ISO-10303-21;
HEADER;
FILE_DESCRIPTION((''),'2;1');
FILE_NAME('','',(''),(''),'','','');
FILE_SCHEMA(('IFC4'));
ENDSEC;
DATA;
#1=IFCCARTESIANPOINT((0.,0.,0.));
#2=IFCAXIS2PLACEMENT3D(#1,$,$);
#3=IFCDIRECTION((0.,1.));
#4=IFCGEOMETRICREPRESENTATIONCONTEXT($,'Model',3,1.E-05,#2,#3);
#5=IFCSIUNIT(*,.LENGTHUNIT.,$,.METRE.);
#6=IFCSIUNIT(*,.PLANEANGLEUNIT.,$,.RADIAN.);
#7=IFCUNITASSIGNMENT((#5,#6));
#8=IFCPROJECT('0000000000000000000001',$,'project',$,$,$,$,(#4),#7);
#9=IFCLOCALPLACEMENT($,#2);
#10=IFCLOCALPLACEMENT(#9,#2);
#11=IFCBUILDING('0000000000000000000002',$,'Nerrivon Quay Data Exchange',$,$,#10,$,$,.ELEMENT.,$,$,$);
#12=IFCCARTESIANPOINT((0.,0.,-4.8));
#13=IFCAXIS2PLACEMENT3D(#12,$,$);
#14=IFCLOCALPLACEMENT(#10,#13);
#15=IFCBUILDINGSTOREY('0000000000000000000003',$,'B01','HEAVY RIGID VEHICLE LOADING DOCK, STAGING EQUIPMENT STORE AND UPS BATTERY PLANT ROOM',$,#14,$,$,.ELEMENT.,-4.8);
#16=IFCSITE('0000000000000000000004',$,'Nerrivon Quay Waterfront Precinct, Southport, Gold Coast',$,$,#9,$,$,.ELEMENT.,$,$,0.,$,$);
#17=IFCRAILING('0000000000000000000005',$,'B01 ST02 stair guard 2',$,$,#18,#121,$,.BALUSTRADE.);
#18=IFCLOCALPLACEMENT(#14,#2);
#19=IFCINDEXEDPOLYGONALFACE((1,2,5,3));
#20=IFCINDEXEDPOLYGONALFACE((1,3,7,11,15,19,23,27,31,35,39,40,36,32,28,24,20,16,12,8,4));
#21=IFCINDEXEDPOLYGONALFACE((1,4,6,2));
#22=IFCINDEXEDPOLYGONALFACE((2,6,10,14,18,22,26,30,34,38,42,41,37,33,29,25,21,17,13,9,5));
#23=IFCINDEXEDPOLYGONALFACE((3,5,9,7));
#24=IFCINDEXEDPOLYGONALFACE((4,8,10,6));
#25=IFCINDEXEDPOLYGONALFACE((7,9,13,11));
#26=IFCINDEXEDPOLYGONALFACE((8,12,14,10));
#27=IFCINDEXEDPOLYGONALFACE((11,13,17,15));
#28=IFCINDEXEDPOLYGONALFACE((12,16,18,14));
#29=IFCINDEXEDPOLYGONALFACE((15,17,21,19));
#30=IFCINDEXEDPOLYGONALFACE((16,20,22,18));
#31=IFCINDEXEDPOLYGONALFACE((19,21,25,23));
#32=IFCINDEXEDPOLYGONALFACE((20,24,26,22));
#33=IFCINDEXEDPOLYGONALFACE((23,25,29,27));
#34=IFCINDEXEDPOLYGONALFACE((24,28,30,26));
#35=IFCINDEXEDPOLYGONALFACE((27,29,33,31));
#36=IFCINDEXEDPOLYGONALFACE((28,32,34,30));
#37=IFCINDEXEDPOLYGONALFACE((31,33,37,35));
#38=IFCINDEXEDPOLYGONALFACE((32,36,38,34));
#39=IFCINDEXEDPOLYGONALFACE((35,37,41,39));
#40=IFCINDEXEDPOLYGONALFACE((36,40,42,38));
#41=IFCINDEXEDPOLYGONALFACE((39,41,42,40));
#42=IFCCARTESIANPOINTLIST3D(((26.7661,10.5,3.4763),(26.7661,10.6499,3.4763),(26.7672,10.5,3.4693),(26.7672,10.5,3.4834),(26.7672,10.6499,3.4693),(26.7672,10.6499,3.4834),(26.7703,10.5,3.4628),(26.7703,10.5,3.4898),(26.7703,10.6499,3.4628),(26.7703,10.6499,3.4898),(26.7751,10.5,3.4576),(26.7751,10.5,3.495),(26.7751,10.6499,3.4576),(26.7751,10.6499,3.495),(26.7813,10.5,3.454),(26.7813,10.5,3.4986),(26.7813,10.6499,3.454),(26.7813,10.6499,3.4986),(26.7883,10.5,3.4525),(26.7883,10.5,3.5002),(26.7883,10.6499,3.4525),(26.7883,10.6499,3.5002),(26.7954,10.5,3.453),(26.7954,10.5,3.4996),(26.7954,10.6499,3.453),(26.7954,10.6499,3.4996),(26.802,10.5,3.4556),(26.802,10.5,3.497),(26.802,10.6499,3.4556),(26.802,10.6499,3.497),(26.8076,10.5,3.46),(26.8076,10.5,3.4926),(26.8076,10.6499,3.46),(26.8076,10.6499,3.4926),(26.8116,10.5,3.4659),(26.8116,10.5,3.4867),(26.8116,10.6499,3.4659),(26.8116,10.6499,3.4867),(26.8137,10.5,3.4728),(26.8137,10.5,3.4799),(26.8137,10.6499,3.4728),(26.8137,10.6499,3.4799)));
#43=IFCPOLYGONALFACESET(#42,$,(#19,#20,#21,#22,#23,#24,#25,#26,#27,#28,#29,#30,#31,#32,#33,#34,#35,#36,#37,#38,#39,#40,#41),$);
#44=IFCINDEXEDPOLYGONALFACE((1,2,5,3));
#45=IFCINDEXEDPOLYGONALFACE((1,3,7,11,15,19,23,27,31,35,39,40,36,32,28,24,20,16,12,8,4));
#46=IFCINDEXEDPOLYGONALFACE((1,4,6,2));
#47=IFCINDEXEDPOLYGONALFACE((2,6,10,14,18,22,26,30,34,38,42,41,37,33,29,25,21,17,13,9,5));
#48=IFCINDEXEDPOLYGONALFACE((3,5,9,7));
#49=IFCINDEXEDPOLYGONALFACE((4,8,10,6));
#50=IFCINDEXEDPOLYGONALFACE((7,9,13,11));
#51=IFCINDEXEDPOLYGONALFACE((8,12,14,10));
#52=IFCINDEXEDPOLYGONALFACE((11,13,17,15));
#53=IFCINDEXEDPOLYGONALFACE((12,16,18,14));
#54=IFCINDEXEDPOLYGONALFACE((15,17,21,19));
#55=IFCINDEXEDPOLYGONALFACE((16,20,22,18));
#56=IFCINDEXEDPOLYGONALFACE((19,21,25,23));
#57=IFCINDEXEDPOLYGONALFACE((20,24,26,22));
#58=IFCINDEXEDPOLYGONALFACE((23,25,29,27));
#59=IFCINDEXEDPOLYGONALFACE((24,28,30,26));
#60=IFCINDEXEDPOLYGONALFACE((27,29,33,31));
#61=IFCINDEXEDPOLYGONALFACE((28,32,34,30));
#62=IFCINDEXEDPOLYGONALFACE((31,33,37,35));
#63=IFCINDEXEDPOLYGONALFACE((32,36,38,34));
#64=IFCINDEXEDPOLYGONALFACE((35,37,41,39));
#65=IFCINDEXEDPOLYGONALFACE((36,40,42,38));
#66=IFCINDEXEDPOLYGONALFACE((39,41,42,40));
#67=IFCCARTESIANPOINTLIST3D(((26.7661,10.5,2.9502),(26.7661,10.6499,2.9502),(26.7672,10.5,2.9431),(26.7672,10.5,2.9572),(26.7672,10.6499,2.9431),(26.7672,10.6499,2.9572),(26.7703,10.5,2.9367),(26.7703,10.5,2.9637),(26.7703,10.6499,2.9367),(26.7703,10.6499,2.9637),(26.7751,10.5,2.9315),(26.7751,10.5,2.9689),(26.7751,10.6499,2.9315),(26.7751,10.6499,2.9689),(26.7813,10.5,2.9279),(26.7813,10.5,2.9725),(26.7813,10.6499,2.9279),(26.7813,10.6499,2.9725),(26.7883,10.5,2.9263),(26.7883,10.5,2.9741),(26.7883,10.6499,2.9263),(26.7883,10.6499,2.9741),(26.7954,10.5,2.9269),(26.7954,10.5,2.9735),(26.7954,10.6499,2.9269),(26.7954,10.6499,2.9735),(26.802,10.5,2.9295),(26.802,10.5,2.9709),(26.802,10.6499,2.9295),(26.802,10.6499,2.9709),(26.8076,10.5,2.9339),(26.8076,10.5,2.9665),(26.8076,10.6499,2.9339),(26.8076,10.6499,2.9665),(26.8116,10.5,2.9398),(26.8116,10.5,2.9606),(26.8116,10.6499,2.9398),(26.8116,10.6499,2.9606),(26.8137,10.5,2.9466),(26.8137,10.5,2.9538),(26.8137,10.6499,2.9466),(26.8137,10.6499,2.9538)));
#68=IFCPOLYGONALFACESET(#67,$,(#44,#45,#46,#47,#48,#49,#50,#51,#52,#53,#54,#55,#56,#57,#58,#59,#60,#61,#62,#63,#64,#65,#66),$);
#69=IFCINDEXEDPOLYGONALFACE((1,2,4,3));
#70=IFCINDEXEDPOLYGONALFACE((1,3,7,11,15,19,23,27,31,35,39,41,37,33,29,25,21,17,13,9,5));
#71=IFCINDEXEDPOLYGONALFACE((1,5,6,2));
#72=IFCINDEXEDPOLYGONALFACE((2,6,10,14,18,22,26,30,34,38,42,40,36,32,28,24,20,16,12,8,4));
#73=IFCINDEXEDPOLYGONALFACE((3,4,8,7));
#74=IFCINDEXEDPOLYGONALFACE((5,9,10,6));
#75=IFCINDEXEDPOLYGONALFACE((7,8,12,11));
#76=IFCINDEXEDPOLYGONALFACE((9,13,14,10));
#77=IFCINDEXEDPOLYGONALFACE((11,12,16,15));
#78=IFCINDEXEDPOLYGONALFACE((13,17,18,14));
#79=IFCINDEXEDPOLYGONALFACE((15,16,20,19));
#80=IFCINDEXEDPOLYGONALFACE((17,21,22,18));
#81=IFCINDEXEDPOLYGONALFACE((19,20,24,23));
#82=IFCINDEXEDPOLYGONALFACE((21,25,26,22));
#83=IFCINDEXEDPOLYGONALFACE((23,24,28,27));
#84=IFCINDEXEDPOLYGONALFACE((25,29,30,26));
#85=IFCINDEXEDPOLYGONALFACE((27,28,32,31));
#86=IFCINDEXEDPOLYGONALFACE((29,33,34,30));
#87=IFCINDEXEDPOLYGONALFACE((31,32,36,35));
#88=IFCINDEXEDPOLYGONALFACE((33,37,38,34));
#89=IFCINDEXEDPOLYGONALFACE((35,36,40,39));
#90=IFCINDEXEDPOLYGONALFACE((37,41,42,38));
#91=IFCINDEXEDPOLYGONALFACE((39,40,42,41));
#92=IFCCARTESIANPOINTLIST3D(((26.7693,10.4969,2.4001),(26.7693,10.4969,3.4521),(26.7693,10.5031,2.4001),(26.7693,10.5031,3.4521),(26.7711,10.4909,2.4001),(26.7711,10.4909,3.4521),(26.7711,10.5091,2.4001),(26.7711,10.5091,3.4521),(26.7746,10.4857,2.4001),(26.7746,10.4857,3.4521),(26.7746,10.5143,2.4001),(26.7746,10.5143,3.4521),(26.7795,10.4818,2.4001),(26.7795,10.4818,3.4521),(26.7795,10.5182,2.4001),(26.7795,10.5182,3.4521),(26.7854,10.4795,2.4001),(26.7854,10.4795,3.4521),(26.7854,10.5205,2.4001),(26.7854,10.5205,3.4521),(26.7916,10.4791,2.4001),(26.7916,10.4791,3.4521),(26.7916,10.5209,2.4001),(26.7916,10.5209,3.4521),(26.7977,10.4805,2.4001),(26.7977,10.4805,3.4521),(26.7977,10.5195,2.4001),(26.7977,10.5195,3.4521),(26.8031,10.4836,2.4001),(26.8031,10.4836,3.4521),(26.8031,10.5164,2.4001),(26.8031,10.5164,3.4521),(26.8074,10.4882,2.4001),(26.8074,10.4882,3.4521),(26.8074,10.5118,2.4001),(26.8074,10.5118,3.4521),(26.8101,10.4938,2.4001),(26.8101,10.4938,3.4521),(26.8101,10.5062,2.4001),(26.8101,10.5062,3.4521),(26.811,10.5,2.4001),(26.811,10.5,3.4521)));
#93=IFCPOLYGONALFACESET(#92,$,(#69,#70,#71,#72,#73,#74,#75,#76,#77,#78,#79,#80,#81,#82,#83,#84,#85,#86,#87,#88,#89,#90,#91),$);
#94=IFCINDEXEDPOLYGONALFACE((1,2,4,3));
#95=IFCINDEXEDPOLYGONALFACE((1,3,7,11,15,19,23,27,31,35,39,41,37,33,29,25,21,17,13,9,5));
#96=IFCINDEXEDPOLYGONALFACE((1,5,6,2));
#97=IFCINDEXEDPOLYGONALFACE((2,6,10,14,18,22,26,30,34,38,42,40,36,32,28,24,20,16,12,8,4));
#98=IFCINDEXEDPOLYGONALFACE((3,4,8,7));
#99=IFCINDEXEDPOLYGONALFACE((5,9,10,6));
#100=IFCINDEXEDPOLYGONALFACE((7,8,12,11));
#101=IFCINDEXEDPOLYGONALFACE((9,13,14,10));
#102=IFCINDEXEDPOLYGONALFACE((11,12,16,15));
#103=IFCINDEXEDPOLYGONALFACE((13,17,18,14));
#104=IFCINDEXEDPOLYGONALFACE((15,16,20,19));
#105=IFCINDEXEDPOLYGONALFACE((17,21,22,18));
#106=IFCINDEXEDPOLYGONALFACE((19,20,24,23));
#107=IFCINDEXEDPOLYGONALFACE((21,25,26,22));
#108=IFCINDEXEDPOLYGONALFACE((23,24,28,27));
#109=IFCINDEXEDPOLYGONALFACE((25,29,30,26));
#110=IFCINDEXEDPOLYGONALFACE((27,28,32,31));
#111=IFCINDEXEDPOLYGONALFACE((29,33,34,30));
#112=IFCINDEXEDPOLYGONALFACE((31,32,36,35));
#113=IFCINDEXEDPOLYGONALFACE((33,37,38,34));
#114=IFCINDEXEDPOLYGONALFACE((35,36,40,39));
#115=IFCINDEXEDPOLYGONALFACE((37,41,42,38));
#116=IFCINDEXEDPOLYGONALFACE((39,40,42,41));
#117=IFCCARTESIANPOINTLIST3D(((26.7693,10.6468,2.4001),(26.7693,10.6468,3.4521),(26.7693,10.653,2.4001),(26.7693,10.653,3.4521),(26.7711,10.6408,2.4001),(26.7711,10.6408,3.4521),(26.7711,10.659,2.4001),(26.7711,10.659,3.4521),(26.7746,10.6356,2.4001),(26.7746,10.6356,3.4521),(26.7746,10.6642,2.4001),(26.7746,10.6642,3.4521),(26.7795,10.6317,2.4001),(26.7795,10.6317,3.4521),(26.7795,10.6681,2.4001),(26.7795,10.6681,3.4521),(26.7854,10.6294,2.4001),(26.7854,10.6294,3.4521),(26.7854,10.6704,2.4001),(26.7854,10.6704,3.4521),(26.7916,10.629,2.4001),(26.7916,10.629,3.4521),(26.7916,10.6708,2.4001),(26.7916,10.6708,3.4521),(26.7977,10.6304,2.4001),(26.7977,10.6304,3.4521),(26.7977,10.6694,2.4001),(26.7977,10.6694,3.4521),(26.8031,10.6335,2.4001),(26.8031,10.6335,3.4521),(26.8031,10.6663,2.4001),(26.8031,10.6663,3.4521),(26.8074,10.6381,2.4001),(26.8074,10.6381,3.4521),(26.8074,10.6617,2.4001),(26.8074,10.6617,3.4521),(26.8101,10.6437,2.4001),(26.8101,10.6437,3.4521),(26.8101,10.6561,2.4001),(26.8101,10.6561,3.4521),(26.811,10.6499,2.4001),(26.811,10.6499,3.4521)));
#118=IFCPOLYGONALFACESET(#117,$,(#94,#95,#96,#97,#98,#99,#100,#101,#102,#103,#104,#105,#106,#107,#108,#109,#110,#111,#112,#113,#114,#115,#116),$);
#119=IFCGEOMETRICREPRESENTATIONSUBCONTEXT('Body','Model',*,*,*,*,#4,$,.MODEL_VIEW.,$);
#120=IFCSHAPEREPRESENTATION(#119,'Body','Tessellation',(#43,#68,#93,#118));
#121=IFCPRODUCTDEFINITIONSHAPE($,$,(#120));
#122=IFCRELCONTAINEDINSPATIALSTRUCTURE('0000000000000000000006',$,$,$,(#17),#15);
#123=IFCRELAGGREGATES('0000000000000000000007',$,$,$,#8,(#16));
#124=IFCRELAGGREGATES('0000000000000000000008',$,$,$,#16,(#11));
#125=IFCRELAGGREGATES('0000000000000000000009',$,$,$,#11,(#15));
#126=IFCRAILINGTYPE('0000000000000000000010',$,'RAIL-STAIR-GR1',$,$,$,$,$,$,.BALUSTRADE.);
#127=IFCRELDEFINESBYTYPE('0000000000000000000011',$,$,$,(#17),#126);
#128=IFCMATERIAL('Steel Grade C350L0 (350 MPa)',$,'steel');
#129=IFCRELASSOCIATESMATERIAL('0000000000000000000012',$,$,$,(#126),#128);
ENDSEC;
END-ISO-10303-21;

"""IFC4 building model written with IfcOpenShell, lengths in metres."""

from ifc_helpers import new_model, si_unit, direction, frame, origin, origin_2d, place, context, subcontext, project, spatial, circle, extrude, material, type_object, element, save


model = new_model("IFC4")

# Units and contexts
model_context = context("Model", 3, precision=1e-05, world=origin(), true_north=direction((0.0, 1.0)))
body_context = subcontext(model_context, "Body", "Model", "MODEL_VIEW")
ifc_project = project(units=[si_unit("LENGTHUNIT", "METRE"), si_unit("PLANEANGLEUNIT", "RADIAN")], contexts=[model_context])

# Site, building, storey
site_placement = place(None, origin())
site = spatial("IfcSite", under=ifc_project, at=site_placement, Name="Nerrivon Quay Waterfront Precinct, Southport, Gold Coast", CompositionType="ELEMENT", RefElevation=0.0)
building_placement = place(site_placement, origin())
building = spatial("IfcBuilding", under=site, at=building_placement, Name="Nerrivon Quay Data Exchange", CompositionType="ELEMENT")
storey_placement = place(building_placement, frame((0.0, 0.0, -4.8)))
storey = spatial("IfcBuildingStorey", under=building, at=storey_placement, Name="B01", Description="HEAVY RIGID VEHICLE LOADING DOCK, STAGING EQUIPMENT STORE AND UPS BATTERY PLANT ROOM", CompositionType="ELEMENT", Elevation=-4.8)

# Railing
ifc_material_1 = material(Name="Steel Grade C350L0 (350 MPa)", Category="steel")
railing_type_1 = type_object("IfcRailingType", Name="RAIL-STAIR-GR1", PredefinedType="BALUSTRADE", material=ifc_material_1)
railing_1_placement = place(storey_placement, frame((26.79, 10.5, 2.4001)))
element("IfcRailing", 1, at=railing_1_placement, inside=storey, type_object=railing_type_1, Name="B01 ST02 stair guard 2", PredefinedType="BALUSTRADE", context=body_context, shape_type="SweptSolid", body=[
    extrude(circle(Radius=0.0239, at=origin_2d()), frame((0.0, 0.0, 1.0762), z_axis=(0.0, 1.0, 0.0), x_axis=(-1.0, 0.0, 0.0)), (0.0, 0.0, 1.0), 0.1499),
    extrude(circle(Radius=0.0239, at=origin_2d()), frame((0.0, 0.0, 0.55), z_axis=(0.0, 1.0, 0.0), x_axis=(-1.0, 0.0, 0.0)), (0.0, 0.0, 1.0), 0.1499),
    extrude(circle(Radius=0.021, at=origin_2d()), origin(), (0.0, 0.0, 1.0), 1.052),
    extrude(circle(Radius=0.021, at=origin_2d()), frame((0.0, 0.1499, 0.0)), (0.0, 0.0, 1.0), 1.052),
])

save(model, "model.ifc")
